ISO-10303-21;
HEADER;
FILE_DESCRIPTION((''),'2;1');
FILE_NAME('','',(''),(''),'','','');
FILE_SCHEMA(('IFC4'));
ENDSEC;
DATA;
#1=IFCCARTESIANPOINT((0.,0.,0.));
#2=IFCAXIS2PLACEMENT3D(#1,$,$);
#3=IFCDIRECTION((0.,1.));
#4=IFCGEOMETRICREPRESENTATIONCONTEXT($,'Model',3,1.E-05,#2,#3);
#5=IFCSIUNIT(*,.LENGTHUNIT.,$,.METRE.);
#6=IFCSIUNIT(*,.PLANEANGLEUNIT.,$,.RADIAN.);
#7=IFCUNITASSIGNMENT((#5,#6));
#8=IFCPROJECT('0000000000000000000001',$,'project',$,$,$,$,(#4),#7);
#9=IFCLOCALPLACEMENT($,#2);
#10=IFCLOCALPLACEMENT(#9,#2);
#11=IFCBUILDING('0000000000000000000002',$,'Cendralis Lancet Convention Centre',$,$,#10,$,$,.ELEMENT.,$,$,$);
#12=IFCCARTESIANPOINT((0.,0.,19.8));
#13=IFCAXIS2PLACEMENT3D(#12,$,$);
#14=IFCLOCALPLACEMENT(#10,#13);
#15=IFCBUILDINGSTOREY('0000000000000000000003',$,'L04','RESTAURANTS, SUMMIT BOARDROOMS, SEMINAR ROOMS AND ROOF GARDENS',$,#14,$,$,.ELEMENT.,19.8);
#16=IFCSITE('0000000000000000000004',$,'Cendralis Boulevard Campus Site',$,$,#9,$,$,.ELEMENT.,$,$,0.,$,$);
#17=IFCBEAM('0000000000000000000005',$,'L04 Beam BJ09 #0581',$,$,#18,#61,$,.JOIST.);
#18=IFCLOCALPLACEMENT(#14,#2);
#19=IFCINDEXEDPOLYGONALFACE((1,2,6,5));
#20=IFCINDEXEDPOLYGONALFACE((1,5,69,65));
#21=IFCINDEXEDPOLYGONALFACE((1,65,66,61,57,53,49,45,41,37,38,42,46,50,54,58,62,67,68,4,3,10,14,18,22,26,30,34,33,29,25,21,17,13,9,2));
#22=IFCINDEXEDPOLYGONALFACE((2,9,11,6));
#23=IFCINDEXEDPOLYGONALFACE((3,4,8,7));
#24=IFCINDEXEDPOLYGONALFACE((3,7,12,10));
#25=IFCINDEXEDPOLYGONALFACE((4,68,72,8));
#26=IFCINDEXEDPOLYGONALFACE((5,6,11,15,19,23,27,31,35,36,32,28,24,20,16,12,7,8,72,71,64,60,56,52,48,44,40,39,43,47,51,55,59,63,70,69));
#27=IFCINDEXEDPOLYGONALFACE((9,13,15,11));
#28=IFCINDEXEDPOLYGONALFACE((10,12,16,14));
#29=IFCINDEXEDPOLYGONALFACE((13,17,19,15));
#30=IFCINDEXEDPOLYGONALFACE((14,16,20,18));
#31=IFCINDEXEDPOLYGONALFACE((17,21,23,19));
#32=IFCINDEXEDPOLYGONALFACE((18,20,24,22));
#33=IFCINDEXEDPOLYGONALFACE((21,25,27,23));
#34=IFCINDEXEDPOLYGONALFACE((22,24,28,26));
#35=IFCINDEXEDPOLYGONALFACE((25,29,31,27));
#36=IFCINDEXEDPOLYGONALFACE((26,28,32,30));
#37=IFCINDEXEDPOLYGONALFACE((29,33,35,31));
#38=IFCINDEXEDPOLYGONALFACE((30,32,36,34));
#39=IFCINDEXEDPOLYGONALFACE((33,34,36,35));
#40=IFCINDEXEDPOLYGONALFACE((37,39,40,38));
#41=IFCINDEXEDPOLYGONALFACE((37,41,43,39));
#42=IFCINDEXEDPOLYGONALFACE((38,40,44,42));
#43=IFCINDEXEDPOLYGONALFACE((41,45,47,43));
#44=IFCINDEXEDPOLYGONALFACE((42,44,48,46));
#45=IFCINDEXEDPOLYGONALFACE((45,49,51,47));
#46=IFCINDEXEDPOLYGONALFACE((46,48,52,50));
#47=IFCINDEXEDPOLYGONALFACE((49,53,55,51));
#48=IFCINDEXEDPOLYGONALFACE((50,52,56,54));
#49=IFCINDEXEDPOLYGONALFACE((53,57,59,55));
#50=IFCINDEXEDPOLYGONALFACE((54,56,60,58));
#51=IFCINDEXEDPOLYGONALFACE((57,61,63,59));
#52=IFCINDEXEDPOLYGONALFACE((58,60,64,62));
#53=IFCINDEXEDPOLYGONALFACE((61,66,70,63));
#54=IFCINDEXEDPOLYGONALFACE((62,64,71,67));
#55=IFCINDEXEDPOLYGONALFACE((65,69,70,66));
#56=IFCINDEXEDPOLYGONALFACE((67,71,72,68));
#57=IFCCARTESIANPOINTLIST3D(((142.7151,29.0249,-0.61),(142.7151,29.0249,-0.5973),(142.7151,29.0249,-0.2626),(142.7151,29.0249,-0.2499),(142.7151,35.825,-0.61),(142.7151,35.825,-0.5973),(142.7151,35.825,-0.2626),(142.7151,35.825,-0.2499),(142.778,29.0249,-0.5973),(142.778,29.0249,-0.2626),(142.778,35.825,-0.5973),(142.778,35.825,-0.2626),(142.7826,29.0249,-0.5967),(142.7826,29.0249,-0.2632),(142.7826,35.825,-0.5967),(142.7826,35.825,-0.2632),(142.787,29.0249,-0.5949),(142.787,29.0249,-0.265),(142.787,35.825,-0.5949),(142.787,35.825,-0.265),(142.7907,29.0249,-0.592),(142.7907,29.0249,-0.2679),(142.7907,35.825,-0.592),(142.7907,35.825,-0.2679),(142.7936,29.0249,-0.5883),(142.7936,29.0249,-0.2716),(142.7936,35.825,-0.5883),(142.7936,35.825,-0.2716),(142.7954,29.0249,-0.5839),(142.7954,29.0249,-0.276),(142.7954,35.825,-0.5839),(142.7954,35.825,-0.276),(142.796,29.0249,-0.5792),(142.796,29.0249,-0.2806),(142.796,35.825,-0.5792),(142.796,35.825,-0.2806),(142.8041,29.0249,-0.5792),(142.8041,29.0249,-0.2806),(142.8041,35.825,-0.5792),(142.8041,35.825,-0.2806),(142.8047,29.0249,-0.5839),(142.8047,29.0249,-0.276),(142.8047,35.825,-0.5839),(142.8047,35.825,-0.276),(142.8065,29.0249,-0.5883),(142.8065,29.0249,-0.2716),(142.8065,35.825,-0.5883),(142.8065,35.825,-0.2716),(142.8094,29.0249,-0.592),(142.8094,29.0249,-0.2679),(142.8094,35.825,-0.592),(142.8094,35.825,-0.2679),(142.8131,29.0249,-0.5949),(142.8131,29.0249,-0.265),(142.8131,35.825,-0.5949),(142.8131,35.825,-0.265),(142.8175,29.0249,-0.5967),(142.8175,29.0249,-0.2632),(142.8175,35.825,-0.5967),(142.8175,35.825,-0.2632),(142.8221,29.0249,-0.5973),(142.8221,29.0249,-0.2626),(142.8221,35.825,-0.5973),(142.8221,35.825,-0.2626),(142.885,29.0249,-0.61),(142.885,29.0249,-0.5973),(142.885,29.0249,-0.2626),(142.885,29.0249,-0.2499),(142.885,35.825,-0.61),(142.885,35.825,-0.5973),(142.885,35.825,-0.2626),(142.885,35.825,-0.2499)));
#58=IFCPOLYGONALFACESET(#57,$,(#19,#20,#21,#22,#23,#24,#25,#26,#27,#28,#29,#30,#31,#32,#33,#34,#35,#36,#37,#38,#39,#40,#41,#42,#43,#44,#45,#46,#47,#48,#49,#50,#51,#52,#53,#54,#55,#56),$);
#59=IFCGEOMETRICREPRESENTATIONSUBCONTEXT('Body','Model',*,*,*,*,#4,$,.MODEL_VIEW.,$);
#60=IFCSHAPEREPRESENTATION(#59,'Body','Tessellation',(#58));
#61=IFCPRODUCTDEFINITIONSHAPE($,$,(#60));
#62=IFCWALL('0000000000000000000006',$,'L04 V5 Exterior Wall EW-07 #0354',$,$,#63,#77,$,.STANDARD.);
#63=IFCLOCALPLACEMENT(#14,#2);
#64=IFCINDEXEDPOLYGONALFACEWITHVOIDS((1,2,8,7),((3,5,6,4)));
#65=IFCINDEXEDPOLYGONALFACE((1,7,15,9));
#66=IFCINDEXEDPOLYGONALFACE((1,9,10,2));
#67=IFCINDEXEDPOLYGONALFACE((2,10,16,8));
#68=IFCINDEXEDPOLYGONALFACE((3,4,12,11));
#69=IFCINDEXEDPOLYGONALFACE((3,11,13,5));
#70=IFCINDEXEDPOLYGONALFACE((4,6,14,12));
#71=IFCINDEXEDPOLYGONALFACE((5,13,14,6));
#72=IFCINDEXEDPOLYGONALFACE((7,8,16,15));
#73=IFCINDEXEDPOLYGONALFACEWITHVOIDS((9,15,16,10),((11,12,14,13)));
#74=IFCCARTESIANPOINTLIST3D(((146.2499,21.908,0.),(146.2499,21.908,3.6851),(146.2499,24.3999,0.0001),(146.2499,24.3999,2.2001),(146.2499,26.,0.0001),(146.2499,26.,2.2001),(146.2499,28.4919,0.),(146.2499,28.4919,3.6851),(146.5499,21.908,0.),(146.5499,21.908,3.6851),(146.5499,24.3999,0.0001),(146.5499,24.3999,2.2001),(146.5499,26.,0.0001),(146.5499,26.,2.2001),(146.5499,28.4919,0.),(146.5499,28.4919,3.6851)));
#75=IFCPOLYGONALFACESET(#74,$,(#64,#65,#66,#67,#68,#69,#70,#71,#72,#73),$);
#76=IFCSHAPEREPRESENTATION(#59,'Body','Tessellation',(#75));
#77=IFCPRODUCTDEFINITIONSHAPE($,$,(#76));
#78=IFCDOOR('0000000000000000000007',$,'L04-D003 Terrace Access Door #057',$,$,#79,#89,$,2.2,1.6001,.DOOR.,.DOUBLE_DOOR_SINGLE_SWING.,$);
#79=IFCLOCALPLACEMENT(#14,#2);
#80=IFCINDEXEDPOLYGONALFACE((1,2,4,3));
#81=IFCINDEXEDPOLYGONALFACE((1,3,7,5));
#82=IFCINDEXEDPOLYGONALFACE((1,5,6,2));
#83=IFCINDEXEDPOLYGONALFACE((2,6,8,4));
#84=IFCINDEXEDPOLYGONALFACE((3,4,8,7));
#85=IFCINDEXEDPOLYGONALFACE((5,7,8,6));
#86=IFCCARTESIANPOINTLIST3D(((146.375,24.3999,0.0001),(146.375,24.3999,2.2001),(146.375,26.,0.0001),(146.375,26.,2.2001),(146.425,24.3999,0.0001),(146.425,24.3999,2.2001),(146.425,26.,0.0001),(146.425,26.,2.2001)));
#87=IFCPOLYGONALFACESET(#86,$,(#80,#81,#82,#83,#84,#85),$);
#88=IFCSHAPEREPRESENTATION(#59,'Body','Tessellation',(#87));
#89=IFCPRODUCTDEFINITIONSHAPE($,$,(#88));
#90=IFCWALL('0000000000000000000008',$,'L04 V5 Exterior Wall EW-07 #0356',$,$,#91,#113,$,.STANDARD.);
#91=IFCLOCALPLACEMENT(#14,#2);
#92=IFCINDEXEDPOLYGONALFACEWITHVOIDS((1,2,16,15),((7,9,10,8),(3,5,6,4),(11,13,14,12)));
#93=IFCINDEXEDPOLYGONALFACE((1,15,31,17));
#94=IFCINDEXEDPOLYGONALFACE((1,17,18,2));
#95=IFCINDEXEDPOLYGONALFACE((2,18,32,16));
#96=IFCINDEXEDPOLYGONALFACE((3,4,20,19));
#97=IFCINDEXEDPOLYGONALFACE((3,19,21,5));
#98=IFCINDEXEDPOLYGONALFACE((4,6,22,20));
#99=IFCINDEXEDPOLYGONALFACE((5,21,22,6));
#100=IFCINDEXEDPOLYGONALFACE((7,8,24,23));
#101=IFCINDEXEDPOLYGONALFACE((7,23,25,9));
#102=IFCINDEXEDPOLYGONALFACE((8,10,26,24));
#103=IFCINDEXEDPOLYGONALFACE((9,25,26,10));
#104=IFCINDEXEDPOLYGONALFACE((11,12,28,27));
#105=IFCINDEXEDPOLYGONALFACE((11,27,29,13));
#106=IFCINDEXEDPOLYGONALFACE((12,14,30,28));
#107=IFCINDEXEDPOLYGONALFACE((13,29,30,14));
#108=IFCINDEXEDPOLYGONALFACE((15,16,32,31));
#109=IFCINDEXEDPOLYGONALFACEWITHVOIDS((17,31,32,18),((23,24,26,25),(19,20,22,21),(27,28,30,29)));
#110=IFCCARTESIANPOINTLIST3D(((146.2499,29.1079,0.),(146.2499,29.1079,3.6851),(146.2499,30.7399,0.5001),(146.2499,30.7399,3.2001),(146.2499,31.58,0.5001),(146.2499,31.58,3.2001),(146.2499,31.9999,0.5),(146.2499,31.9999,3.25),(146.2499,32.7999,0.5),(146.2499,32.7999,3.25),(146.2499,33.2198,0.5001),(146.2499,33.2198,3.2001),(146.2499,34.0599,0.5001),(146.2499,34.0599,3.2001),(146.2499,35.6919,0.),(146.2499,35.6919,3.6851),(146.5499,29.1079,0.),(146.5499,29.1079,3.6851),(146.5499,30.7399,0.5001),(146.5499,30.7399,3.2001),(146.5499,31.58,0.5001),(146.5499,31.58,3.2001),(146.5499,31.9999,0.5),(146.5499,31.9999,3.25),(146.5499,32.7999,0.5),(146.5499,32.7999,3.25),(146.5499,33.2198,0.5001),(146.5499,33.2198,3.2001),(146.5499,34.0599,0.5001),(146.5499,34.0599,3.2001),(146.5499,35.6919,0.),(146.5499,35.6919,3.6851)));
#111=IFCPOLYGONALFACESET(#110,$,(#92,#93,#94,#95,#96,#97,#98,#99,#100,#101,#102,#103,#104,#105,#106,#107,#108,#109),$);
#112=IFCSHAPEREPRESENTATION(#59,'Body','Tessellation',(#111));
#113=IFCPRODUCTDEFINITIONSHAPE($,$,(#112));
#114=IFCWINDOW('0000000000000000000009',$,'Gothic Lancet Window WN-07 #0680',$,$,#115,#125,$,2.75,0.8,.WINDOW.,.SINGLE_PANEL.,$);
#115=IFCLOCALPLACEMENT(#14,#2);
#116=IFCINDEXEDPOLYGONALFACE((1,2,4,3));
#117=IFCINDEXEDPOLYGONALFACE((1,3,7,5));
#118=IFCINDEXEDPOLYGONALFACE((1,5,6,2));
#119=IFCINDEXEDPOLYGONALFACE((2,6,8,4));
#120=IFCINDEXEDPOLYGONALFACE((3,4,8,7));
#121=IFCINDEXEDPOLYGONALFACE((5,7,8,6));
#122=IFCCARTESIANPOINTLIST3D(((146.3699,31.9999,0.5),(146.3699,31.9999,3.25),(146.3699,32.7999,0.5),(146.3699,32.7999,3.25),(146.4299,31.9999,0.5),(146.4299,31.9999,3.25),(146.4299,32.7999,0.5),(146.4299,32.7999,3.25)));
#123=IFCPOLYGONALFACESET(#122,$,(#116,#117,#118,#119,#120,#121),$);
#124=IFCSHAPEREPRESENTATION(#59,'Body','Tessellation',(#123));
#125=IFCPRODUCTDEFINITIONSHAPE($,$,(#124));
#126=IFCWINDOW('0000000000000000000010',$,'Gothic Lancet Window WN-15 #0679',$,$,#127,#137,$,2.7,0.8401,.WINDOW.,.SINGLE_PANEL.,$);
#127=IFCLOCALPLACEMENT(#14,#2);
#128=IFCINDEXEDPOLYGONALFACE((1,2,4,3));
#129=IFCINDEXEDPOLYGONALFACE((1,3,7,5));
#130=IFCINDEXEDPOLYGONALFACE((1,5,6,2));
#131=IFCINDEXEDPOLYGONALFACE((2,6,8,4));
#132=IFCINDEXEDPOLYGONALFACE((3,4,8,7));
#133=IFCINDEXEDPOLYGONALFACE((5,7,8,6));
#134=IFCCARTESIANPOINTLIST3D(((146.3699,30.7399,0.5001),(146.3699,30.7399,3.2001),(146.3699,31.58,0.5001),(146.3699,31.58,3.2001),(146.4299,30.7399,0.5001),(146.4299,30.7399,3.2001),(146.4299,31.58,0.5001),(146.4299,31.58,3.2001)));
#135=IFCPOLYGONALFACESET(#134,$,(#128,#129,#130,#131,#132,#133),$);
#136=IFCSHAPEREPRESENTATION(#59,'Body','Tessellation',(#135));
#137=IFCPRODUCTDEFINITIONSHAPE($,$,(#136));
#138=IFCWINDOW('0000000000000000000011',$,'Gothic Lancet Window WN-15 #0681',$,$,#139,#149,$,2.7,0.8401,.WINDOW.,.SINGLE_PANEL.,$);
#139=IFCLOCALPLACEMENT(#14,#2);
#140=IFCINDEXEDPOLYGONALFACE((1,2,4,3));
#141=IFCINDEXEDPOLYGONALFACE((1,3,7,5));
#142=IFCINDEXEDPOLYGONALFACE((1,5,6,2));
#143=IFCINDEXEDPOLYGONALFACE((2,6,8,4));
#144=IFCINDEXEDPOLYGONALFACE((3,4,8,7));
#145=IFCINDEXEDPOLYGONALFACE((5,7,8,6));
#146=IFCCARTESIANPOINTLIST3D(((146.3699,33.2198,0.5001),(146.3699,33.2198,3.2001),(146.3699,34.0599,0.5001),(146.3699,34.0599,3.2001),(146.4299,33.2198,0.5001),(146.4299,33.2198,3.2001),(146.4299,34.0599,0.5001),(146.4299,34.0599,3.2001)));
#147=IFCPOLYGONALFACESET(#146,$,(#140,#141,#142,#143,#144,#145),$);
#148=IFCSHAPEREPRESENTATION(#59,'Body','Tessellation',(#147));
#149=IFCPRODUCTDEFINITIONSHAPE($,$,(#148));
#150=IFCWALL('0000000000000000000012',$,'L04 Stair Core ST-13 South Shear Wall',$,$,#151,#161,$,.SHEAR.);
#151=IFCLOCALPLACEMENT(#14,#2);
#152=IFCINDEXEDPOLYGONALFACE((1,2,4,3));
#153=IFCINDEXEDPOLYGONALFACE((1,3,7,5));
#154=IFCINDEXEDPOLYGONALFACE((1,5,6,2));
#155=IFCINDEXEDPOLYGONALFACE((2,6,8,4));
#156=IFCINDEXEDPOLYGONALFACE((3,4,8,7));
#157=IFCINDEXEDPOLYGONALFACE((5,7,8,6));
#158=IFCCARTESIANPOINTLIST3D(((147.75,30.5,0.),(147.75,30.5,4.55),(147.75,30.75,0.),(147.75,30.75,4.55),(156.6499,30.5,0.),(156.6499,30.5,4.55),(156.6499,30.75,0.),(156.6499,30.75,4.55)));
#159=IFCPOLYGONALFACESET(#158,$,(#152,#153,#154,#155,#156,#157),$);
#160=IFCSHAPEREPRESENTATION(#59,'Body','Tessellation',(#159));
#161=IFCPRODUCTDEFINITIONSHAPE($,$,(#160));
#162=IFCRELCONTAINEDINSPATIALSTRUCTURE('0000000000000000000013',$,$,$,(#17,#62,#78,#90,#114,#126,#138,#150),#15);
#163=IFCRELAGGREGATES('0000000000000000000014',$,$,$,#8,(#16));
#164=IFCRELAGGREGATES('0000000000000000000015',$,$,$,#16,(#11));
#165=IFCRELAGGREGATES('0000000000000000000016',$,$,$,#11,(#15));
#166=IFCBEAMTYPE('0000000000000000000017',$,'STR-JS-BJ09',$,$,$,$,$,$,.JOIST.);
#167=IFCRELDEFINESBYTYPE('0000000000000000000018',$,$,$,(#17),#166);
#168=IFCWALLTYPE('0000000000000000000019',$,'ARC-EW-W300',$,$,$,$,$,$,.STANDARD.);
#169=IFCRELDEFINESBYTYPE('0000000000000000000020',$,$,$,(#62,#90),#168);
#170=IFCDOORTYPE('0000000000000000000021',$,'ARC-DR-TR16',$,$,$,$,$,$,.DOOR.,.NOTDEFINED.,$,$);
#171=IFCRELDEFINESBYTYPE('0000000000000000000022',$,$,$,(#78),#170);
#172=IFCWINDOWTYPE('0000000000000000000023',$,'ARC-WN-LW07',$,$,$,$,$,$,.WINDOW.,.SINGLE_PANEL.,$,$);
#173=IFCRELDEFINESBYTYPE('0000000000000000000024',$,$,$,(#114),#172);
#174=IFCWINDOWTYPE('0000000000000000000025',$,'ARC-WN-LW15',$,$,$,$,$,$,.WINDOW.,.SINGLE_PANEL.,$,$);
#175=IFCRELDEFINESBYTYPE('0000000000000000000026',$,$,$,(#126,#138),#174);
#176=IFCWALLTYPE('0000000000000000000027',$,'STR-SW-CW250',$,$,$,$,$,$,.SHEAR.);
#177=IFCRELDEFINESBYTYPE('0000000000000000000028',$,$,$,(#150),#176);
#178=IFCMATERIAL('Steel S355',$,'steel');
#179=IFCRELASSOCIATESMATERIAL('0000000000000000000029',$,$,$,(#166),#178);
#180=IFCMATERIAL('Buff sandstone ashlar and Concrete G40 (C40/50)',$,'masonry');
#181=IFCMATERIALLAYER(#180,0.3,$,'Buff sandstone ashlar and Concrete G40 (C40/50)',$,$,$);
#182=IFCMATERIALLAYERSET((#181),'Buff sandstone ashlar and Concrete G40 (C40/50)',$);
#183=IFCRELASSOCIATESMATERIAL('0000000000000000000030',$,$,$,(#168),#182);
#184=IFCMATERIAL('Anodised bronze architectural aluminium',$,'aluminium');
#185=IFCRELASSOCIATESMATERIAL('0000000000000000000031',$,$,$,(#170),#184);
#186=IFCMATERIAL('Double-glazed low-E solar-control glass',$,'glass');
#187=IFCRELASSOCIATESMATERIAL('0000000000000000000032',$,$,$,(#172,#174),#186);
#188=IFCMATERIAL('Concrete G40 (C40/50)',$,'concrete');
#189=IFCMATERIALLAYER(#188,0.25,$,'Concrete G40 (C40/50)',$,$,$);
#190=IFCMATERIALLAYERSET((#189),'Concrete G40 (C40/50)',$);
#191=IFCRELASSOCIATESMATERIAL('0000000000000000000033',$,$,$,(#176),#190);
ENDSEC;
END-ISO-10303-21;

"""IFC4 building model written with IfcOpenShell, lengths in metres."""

from ifc_helpers import new_model, si_unit, direction, frame, frame_2d, origin, origin_2d, place, context, subcontext, project, spatial, rectangle, i_section, extrude, material, layer, layer_set, material_profile, profile_set, type_object, element, fill, save


model = new_model("IFC4")

# Units and contexts
model_context = context("Model", 3, precision=1e-05, world=origin(), true_north=direction((0.0, 1.0)))
body_context = subcontext(model_context, "Body", "Model", "MODEL_VIEW")
ifc_project = project(units=[si_unit("LENGTHUNIT", "METRE"), si_unit("PLANEANGLEUNIT", "RADIAN")], contexts=[model_context])

# Site, building, storey
site_placement = place(None, origin())
site = spatial("IfcSite", under=ifc_project, at=site_placement, Name="Cendralis Boulevard Campus Site", CompositionType="ELEMENT", RefElevation=0.0)
building_placement = place(site_placement, origin())
building = spatial("IfcBuilding", under=site, at=building_placement, Name="Cendralis Lancet Convention Centre", CompositionType="ELEMENT")
storey_placement = place(building_placement, frame((0.0, 0.0, 19.8)))
storey = spatial("IfcBuildingStorey", under=building, at=storey_placement, Name="L04", Description="RESTAURANTS, SUMMIT BOARDROOMS, SEMINAR ROOMS AND ROOF GARDENS", CompositionType="ELEMENT", Elevation=19.8)

# Shared definitions
ifc_material_1 = material(Name="Concrete G40 (C40/50)", Category="concrete")

# Beam
ifc_material_2 = material(Name="Steel S355", Category="steel")
ifc_material_profile_1 = material_profile(ifc_material_2, i_section(OverallWidth=0.1699, OverallDepth=0.3601, WebThickness=0.0081, FlangeThickness=0.0127, FilletRadius=0.0181, at=origin_2d()), Name="IPE 360")
ifc_profile_set_1 = profile_set([ifc_material_profile_1], Name="Steel S355")
beam_type_1 = type_object("IfcBeamType", Name="STR-JS-BJ09", PredefinedType="JOIST", material=ifc_profile_set_1)
beam_1_placement = place(storey_placement, frame((142.8, 29.0249, -0.4299), z_axis=(0.0, 1.0, 0.0), x_axis=(-1.0, 0.0, 0.0)))
element("IfcBeam", 1, at=beam_1_placement, inside=storey, type_object=beam_type_1, Name="L04 Beam BJ09 #0581", PredefinedType="JOIST", context=body_context, shape_type="SweptSolid", body=[
    extrude(i_section(OverallWidth=0.1699, OverallDepth=0.3601, WebThickness=0.0081, FlangeThickness=0.0127, FilletRadius=0.0181, at=origin_2d()), origin(), (0.0, 0.0, 1.0), 6.8),
])

# Wall, opening, door
ifc_material_3 = material(Name="Buff sandstone ashlar and Concrete G40 (C40/50)", Category="masonry")
ifc_layer_1 = layer(ifc_material_3, 0.3, Name="Buff sandstone ashlar and Concrete G40 (C40/50)")
ifc_layer_set_1 = layer_set([ifc_layer_1], Name="Buff sandstone ashlar and Concrete G40 (C40/50)")
wall_type_1 = type_object("IfcWallType", Name="ARC-EW-W300", PredefinedType="STANDARD", material=ifc_layer_set_1)
wall_1_placement = place(storey_placement, frame((146.3999, 21.908, 0.0), z_axis=(0.0, 0.0, 1.0), x_axis=(0.0, 1.0, 0.0)))
wall_1 = element("IfcWall", 2, at=wall_1_placement, inside=storey, type_object=wall_type_1, Name="L04 V5 Exterior Wall EW-07 #0354", PredefinedType="STANDARD", context=body_context, shape_type="SweptSolid", body=[
    extrude(rectangle(XDim=6.584, YDim=0.3, at=frame_2d((3.292, 0.0))), origin(), (0.0, 0.0, 1.0), 3.6851),
])
opening_1_placement = place(wall_1_placement, frame((2.4919, 0.0, 0.0)))
opening_1 = element("IfcOpeningElement", 3, at=opening_1_placement, cuts=wall_1, PredefinedType="OPENING", context=body_context, shape_type="SweptSolid", body=[
    extrude(rectangle(XDim=1.6001, YDim=2.2, at=frame_2d((0.8, 1.1001))), frame((0.0, 0.1599, 0.0), z_axis=(0.0, -1.0, 0.0), x_axis=(1.0, 0.0, 0.0)), (0.0, 0.0, 1.0), 0.3201),
])
ifc_material_4 = material(Name="Anodised bronze architectural aluminium", Category="aluminium")
door_type_1 = type_object("IfcDoorType", Name="ARC-DR-TR16", OperationType="NOTDEFINED", PredefinedType="DOOR", material=ifc_material_4)
door_1_placement = place(opening_1_placement, origin())
door_1 = element("IfcDoor", 4, at=door_1_placement, inside=storey, type_object=door_type_1, Name="L04-D003 Terrace Access Door #057", OperationType="DOUBLE_DOOR_SINGLE_SWING", OverallHeight=2.2, OverallWidth=1.6001, PredefinedType="DOOR", context=body_context, shape_type="SweptSolid", body=[
    extrude(rectangle(XDim=1.6001, YDim=2.2, at=frame_2d((0.8, 1.1001))), frame((0.0, 0.0249, 0.0), z_axis=(0.0, -1.0, 0.0), x_axis=(1.0, 0.0, 0.0)), (0.0, 0.0, 1.0), 0.05),
])
fill(opening_1, door_1)

# Wall, openings, windows
wall_2_placement = place(storey_placement, frame((146.3999, 29.1079, 0.0), z_axis=(0.0, 0.0, 1.0), x_axis=(0.0, 1.0, 0.0)))
wall_2 = element("IfcWall", 5, at=wall_2_placement, inside=storey, type_object=wall_type_1, Name="L04 V5 Exterior Wall EW-07 #0356", PredefinedType="STANDARD", context=body_context, shape_type="SweptSolid", body=[
    extrude(rectangle(XDim=6.584, YDim=0.3, at=frame_2d((3.292, 0.0))), origin(), (0.0, 0.0, 1.0), 3.6851),
])
opening_2_placement = place(wall_2_placement, frame((1.6321, 0.0, 0.5)))
opening_2 = element("IfcOpeningElement", 6, at=opening_2_placement, cuts=wall_2, PredefinedType="OPENING", context=body_context, shape_type="SweptSolid", body=[
    extrude(rectangle(XDim=0.8401, YDim=2.7, at=frame_2d((0.4199, 1.3501))), frame((0.0, 0.1599, 0.0), z_axis=(0.0, -1.0, 0.0), x_axis=(1.0, 0.0, 0.0)), (0.0, 0.0, 1.0), 0.3201),
])
opening_3_placement = place(wall_2_placement, frame((2.8921, 0.0, 0.5)))
opening_3 = element("IfcOpeningElement", 7, at=opening_3_placement, cuts=wall_2, PredefinedType="OPENING", context=body_context, shape_type="SweptSolid", body=[
    extrude(rectangle(XDim=0.8, YDim=2.75, at=frame_2d((0.3999, 1.375))), frame((0.0, 0.1599, 0.0), z_axis=(0.0, -1.0, 0.0), x_axis=(1.0, 0.0, 0.0)), (0.0, 0.0, 1.0), 0.3201),
])
opening_4_placement = place(wall_2_placement, frame((4.1121, 0.0, 0.5)))
opening_4 = element("IfcOpeningElement", 8, at=opening_4_placement, cuts=wall_2, PredefinedType="OPENING", context=body_context, shape_type="SweptSolid", body=[
    extrude(rectangle(XDim=0.8401, YDim=2.7, at=frame_2d((0.4199, 1.3501))), frame((0.0, 0.1599, 0.0), z_axis=(0.0, -1.0, 0.0), x_axis=(1.0, 0.0, 0.0)), (0.0, 0.0, 1.0), 0.3201),
])
ifc_material_5 = material(Name="Double-glazed low-E solar-control glass", Category="glass")
window_type_1 = type_object("IfcWindowType", Name="ARC-WN-LW07", PartitioningType="SINGLE_PANEL", PredefinedType="WINDOW", material=ifc_material_5)
window_1_placement = place(opening_3_placement, origin())
window_1 = element("IfcWindow", 9, at=window_1_placement, inside=storey, type_object=window_type_1, Name="Gothic Lancet Window WN-07 #0680", OverallHeight=2.75, OverallWidth=0.8, PartitioningType="SINGLE_PANEL", PredefinedType="WINDOW", context=body_context, shape_type="SweptSolid", body=[
    extrude(rectangle(XDim=0.8, YDim=2.75, at=frame_2d((0.3999, 1.375))), frame((0.0, 0.03, 0.0), z_axis=(0.0, -1.0, 0.0), x_axis=(1.0, 0.0, 0.0)), (0.0, 0.0, 1.0), 0.0601),
])
fill(opening_3, window_1)
window_type_2 = type_object("IfcWindowType", Name="ARC-WN-LW15", PartitioningType="SINGLE_PANEL", PredefinedType="WINDOW", material=ifc_material_5)
window_2_placement = place(opening_2_placement, origin())
window_2 = element("IfcWindow", 10, at=window_2_placement, inside=storey, type_object=window_type_2, Name="Gothic Lancet Window WN-15 #0679", OverallHeight=2.7, OverallWidth=0.8401, PartitioningType="SINGLE_PANEL", PredefinedType="WINDOW", context=body_context, shape_type="SweptSolid", body=[
    extrude(rectangle(XDim=0.8401, YDim=2.7, at=frame_2d((0.4199, 1.3501))), frame((0.0, 0.03, 0.0), z_axis=(0.0, -1.0, 0.0), x_axis=(1.0, 0.0, 0.0)), (0.0, 0.0, 1.0), 0.0601),
])
fill(opening_2, window_2)
window_3_placement = place(opening_4_placement, origin())
window_3 = element("IfcWindow", 11, at=window_3_placement, inside=storey, type_object=window_type_2, Name="Gothic Lancet Window WN-15 #0681", OverallHeight=2.7, OverallWidth=0.8401, PartitioningType="SINGLE_PANEL", PredefinedType="WINDOW", context=body_context, shape_type="SweptSolid", body=[
    extrude(rectangle(XDim=0.8401, YDim=2.7, at=frame_2d((0.4199, 1.3501))), frame((0.0, 0.03, 0.0), z_axis=(0.0, -1.0, 0.0), x_axis=(1.0, 0.0, 0.0)), (0.0, 0.0, 1.0), 0.0601),
])
fill(opening_4, window_3)

# Shared definitions
ifc_layer_2 = layer(ifc_material_1, 0.25, Name="Concrete G40 (C40/50)")
ifc_layer_set_2 = layer_set([ifc_layer_2], Name="Concrete G40 (C40/50)")
wall_type_2 = type_object("IfcWallType", Name="STR-SW-CW250", PredefinedType="SHEAR", material=ifc_layer_set_2)

# Wall
wall_3_placement = place(storey_placement, frame((147.75, 30.625, 0.0), z_axis=(0.0, 0.0, 1.0), x_axis=(1.0, 0.0, 0.0)))
element("IfcWall", 12, at=wall_3_placement, inside=storey, type_object=wall_type_2, Name="L04 Stair Core ST-13 South Shear Wall", PredefinedType="SHEAR", context=body_context, shape_type="SweptSolid", body=[
    extrude(rectangle(XDim=8.8999, YDim=0.25, at=frame_2d((4.45, 0.0))), origin(), (0.0, 0.0, 1.0), 4.55),
])

save(model, "model.ifc")
